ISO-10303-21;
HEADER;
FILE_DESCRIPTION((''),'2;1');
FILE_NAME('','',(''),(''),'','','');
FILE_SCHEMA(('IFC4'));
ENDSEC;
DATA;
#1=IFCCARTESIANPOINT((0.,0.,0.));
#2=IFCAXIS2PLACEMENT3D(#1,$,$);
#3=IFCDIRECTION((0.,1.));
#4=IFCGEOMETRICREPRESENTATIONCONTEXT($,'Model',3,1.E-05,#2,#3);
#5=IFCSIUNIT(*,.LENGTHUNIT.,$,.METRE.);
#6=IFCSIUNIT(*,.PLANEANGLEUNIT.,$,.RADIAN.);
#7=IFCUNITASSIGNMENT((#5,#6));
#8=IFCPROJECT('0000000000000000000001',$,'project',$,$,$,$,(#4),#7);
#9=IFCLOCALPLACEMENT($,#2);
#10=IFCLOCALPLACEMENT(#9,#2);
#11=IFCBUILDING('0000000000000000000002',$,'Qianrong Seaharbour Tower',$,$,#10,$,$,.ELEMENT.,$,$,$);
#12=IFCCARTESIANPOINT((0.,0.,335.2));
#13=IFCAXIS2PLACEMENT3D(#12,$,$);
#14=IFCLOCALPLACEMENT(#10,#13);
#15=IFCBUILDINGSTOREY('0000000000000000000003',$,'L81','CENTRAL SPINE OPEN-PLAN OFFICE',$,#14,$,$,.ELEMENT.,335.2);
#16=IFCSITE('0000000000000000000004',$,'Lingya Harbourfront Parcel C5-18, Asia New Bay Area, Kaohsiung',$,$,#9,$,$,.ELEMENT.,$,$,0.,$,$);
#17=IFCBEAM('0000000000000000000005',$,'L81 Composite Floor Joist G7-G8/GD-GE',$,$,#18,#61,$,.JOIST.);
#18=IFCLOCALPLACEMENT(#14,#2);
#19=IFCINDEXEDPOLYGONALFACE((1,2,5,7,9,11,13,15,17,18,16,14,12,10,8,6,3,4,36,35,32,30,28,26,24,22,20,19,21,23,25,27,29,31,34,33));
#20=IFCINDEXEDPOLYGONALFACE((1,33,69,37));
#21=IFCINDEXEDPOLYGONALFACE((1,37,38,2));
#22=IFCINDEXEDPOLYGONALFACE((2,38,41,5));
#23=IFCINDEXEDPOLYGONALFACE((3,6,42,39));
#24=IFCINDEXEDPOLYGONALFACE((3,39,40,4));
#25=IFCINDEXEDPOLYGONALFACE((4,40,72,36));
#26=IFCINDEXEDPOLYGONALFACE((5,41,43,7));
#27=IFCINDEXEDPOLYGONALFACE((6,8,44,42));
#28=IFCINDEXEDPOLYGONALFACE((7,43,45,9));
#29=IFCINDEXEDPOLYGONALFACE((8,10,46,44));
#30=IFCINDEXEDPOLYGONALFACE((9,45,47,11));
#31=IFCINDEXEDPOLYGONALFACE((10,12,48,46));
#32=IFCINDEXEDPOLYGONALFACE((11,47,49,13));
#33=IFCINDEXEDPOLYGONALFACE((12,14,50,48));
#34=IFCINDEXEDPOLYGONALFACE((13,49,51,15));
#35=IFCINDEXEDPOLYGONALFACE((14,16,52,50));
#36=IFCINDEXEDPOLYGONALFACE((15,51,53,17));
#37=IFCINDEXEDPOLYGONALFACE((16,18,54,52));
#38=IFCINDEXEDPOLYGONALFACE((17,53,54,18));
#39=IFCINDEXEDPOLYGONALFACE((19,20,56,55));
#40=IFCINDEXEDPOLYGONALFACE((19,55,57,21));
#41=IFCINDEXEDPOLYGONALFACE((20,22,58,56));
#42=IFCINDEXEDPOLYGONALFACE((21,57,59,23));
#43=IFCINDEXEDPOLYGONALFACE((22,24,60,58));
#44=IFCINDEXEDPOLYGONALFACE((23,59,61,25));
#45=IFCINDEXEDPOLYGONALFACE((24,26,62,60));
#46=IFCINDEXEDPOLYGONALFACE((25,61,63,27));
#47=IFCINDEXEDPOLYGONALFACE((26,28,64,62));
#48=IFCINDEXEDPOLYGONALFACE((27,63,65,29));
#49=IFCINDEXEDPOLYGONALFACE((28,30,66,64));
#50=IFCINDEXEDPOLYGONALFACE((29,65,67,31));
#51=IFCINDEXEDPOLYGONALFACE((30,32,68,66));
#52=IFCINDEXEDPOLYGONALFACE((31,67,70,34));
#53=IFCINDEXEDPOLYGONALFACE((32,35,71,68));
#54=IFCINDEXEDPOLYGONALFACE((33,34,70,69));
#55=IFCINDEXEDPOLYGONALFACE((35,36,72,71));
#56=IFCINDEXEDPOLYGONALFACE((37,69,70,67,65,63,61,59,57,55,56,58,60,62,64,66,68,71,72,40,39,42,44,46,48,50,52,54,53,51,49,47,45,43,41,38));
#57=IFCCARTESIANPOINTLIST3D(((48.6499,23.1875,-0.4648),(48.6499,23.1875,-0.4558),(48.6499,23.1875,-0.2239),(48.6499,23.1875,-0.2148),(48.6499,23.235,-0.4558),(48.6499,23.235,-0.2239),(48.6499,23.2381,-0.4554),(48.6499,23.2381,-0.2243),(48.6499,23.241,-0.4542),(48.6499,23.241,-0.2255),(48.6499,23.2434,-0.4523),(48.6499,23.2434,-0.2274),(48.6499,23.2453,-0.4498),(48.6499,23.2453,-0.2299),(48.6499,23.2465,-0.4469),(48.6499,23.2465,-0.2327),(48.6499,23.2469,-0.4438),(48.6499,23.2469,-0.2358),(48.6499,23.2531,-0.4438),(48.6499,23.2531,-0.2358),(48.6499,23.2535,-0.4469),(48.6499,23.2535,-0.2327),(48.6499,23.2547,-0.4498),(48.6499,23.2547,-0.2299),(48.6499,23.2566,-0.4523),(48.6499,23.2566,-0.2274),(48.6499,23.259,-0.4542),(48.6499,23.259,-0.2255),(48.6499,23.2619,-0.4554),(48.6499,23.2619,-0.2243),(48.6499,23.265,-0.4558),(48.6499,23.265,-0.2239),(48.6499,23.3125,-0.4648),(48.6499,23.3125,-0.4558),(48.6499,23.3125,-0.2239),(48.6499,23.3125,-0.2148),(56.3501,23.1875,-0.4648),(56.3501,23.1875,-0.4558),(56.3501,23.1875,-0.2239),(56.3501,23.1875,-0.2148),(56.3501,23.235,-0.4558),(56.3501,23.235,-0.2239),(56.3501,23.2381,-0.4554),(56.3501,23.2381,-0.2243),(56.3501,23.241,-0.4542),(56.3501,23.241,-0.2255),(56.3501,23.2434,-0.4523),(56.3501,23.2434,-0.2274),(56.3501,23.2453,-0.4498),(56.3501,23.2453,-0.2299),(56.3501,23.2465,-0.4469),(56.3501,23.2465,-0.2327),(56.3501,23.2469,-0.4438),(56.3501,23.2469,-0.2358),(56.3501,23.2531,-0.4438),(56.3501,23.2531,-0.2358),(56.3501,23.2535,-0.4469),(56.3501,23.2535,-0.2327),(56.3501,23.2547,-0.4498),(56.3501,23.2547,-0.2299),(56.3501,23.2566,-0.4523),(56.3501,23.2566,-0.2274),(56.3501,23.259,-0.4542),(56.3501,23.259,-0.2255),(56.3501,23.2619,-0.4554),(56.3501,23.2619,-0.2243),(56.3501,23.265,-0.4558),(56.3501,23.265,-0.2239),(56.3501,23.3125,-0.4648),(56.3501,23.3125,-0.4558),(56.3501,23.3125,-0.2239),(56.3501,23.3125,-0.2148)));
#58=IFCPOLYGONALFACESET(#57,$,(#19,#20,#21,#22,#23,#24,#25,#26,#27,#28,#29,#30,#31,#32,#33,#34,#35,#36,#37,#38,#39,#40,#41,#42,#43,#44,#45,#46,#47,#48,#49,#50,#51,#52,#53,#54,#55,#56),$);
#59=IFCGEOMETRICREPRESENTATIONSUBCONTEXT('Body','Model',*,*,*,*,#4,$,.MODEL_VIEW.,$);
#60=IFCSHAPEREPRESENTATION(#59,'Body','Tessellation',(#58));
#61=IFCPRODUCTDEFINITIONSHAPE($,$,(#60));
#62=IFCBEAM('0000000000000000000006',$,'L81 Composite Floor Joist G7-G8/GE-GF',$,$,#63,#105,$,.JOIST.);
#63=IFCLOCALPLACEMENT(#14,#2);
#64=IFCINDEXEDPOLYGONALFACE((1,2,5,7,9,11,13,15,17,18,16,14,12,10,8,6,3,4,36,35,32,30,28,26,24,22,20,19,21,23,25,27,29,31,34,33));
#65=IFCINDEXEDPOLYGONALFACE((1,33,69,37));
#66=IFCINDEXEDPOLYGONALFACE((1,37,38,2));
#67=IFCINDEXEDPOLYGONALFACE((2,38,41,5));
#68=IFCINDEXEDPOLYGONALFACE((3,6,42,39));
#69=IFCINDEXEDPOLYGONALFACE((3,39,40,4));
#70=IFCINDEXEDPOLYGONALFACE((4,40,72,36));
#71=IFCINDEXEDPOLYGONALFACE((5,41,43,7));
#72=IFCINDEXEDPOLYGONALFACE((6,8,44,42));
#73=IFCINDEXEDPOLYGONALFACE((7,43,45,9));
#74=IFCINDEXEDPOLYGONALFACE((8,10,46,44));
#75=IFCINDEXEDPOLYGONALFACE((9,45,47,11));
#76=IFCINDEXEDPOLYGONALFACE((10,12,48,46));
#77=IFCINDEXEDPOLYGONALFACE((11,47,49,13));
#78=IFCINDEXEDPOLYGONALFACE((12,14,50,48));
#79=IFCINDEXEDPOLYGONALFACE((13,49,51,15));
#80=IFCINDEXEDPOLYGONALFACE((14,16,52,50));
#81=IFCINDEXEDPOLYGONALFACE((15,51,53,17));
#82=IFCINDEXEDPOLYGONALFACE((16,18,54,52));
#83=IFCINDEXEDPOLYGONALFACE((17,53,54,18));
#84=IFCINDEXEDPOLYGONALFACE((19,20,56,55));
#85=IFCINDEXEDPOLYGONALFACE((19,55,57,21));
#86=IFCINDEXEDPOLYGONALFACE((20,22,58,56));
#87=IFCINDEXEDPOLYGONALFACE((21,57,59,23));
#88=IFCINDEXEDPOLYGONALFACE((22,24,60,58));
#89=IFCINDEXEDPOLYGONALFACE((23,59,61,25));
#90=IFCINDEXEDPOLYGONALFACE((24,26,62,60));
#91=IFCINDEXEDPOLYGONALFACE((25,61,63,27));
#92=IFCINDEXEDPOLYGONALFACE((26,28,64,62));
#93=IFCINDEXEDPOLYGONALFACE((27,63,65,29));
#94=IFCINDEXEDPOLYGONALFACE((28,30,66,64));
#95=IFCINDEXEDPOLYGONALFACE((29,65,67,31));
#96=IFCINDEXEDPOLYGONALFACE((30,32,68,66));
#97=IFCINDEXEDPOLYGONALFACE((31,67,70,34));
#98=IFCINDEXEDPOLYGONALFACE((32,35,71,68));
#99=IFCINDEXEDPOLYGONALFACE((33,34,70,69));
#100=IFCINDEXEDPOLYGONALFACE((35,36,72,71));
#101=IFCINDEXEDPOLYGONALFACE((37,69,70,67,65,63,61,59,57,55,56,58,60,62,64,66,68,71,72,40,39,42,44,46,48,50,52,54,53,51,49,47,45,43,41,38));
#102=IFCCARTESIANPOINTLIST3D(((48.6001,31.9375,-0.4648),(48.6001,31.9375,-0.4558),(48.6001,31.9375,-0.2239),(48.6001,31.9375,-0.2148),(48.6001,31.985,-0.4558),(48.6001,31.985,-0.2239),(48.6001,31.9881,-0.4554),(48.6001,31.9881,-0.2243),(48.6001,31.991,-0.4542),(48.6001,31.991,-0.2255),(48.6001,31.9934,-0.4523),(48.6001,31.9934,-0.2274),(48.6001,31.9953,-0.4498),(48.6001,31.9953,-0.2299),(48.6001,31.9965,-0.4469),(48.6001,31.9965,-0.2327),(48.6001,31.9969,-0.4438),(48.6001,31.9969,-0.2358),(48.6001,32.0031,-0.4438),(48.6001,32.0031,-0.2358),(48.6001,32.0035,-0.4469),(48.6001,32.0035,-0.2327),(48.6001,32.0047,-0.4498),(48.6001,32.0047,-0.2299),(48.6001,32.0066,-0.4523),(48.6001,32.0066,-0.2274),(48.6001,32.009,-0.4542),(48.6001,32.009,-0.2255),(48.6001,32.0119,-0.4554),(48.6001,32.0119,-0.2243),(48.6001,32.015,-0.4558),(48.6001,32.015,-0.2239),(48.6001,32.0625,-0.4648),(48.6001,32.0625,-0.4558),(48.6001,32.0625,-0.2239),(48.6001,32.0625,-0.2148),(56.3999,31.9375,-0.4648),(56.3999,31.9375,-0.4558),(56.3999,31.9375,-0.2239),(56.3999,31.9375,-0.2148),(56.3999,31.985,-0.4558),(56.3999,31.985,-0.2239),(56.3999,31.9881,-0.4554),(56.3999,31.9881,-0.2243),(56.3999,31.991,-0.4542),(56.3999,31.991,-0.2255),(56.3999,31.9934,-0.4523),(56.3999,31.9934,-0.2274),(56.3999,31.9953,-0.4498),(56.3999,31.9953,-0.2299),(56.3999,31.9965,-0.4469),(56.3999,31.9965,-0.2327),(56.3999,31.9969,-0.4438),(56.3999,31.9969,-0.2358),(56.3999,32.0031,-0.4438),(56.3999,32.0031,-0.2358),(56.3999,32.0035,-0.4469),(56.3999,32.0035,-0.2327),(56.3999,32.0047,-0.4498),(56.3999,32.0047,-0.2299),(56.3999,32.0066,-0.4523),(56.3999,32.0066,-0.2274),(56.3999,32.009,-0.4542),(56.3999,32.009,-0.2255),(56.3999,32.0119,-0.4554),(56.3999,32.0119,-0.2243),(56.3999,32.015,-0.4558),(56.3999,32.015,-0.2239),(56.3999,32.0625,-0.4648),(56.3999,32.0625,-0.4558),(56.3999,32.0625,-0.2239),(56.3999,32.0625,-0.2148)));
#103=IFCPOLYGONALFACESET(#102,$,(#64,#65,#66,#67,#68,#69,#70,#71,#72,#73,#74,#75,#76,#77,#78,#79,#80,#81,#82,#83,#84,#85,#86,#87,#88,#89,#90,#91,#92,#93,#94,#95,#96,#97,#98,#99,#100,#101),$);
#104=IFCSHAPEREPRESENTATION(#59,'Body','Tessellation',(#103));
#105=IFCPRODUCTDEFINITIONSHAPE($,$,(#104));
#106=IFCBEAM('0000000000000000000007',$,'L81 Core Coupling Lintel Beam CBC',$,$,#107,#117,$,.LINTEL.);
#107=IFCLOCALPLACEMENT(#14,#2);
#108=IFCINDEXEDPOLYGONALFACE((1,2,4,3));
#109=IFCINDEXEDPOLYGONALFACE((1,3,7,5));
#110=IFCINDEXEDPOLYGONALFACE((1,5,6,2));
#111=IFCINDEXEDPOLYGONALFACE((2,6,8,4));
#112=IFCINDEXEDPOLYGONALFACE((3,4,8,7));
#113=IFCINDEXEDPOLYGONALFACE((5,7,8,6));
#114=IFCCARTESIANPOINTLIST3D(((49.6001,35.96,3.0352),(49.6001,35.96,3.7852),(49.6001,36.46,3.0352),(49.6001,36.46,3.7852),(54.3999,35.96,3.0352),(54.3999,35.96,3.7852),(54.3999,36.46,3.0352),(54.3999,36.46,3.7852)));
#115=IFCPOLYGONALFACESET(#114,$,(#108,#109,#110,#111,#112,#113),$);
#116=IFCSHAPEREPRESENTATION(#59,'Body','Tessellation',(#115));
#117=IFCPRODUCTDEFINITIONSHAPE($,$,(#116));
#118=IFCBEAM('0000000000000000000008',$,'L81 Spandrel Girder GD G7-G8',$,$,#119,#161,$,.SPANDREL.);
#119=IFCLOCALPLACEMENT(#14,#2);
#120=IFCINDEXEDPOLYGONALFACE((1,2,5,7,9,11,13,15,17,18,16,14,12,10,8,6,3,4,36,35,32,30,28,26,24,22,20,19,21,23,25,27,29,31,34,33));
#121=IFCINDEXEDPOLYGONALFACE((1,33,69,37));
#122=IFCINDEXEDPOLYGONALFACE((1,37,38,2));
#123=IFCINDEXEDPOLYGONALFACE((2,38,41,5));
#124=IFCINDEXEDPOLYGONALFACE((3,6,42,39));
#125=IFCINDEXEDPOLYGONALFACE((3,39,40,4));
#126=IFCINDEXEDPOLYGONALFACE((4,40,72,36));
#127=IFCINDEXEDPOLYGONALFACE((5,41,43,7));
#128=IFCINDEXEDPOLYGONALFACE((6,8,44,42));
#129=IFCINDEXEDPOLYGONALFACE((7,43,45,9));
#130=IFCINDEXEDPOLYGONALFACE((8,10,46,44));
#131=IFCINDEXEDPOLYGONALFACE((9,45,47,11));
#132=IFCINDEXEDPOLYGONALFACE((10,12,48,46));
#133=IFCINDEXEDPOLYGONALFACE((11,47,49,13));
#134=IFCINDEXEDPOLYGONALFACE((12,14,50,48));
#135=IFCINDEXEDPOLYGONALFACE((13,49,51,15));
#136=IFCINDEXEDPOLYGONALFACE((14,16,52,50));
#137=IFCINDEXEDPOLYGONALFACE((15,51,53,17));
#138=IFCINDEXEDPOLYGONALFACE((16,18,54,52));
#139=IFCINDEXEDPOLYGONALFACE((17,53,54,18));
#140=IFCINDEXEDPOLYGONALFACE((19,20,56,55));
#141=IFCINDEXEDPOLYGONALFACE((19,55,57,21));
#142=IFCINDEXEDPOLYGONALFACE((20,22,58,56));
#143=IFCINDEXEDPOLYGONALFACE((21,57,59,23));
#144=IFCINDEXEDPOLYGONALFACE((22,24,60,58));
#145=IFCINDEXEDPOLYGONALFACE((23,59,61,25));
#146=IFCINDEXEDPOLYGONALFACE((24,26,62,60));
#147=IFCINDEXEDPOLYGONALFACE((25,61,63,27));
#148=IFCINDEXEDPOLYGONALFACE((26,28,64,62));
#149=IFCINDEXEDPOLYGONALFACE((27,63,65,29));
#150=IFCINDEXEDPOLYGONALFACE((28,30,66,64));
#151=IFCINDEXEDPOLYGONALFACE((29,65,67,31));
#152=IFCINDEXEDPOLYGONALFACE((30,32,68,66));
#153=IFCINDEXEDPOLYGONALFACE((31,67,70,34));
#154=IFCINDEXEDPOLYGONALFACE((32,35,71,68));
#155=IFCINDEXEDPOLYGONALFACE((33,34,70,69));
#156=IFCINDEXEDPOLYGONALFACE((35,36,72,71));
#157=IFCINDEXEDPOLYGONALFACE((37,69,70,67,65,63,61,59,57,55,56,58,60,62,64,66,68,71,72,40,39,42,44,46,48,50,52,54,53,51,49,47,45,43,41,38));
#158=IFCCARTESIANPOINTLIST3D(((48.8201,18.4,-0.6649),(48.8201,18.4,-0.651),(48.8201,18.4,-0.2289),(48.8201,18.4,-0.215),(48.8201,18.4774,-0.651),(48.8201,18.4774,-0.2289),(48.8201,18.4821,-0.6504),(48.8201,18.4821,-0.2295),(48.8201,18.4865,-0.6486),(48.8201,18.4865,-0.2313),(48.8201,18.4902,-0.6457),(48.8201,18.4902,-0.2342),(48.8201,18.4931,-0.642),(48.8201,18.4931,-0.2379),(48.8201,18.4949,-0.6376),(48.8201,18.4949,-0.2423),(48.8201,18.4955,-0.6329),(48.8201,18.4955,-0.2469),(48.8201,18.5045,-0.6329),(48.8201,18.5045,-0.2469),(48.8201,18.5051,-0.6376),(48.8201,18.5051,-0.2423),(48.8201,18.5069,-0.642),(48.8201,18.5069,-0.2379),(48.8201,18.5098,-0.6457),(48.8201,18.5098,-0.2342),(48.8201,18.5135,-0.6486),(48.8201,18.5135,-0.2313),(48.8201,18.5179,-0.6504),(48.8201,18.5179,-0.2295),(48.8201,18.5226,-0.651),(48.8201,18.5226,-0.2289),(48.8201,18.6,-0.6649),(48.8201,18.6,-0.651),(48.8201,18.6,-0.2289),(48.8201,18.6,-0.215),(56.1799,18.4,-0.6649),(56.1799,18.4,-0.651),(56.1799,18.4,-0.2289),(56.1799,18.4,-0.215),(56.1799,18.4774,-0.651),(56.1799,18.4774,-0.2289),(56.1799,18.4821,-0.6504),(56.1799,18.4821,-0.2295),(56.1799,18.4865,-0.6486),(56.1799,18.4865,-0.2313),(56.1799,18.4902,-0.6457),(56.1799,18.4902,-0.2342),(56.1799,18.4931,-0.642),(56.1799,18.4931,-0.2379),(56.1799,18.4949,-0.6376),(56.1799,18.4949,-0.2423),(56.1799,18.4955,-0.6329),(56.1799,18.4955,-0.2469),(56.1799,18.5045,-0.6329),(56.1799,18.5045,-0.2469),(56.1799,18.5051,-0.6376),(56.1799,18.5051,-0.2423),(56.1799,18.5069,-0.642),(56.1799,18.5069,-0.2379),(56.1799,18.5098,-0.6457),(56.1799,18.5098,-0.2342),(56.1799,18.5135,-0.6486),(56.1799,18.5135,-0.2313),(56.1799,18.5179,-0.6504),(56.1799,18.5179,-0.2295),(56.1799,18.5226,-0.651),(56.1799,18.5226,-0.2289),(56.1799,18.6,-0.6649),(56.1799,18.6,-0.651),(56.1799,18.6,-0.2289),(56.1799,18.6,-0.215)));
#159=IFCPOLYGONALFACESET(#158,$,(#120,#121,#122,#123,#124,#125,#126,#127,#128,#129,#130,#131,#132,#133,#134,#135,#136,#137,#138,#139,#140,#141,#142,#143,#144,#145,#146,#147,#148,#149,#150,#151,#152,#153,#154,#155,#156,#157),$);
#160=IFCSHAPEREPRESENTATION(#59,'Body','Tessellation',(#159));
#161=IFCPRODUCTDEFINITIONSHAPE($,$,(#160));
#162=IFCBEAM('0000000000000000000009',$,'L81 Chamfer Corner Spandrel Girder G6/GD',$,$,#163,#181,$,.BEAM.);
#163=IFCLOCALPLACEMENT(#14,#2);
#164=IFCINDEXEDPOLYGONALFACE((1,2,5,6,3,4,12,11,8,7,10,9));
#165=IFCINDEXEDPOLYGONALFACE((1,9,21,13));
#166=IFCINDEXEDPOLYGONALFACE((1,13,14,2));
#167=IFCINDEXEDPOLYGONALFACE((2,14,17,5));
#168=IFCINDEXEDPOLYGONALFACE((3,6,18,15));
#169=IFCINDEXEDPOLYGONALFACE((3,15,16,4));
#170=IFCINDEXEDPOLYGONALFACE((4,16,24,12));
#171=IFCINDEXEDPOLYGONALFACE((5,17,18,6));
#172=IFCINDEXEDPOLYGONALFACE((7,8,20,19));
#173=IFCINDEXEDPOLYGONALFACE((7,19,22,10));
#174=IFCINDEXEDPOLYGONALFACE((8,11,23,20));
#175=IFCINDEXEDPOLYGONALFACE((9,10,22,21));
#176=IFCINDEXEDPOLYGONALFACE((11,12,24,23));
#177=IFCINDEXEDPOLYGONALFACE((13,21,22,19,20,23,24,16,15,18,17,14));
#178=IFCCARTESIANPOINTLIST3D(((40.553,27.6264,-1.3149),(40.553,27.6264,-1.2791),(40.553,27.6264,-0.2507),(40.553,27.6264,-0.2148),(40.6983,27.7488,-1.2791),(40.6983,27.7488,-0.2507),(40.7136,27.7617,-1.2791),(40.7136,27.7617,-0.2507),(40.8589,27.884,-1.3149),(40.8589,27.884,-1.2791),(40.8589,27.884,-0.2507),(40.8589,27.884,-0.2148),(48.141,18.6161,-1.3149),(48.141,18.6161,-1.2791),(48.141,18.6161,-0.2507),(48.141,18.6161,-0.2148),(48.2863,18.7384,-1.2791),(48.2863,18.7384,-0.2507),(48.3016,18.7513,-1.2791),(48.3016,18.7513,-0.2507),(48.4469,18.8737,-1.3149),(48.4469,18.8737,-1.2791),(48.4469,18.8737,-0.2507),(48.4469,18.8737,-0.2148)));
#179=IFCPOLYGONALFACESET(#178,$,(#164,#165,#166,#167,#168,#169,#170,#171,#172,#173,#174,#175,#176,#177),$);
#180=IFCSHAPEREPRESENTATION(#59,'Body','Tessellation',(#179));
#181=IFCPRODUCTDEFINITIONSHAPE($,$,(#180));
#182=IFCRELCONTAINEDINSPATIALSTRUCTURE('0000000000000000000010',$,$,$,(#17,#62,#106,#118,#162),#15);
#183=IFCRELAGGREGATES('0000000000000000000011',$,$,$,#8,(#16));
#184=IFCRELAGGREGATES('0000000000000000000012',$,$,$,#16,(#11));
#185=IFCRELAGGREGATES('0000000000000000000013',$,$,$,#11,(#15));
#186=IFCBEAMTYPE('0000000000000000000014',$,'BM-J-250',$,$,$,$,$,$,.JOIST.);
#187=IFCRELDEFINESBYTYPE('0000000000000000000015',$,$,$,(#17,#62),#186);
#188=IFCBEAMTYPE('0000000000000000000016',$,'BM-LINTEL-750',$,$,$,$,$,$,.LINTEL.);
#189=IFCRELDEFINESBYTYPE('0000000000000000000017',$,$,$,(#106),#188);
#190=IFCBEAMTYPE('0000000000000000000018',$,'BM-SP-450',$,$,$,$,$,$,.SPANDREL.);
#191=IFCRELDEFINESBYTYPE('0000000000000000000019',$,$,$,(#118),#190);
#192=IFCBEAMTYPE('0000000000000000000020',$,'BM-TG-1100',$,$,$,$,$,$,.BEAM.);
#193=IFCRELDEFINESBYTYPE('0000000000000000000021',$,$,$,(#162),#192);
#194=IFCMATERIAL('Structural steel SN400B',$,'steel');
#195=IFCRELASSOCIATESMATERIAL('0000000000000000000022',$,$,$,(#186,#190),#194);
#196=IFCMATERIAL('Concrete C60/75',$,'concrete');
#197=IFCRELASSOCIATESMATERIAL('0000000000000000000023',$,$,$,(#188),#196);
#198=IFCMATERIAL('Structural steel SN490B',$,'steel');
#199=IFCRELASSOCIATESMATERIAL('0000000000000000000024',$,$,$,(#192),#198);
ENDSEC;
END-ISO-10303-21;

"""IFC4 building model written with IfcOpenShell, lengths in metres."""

from ifc_helpers import new_model, si_unit, direction, frame, origin, origin_2d, place, context, subcontext, project, spatial, rectangle, i_section, extrude, material, material_profile, profile_set, type_object, element, save


model = new_model("IFC4")

# Units and contexts
model_context = context("Model", 3, precision=1e-05, world=origin(), true_north=direction((0.0, 1.0)))
body_context = subcontext(model_context, "Body", "Model", "MODEL_VIEW")
ifc_project = project(units=[si_unit("LENGTHUNIT", "METRE"), si_unit("PLANEANGLEUNIT", "RADIAN")], contexts=[model_context])

# Site, building, storey
site_placement = place(None, origin())
site = spatial("IfcSite", under=ifc_project, at=site_placement, Name="Lingya Harbourfront Parcel C5-18, Asia New Bay Area, Kaohsiung", CompositionType="ELEMENT", RefElevation=0.0)
building_placement = place(site_placement, origin())
building = spatial("IfcBuilding", under=site, at=building_placement, Name="Qianrong Seaharbour Tower", CompositionType="ELEMENT")
storey_placement = place(building_placement, frame((0.0, 0.0, 335.2)))
storey = spatial("IfcBuildingStorey", under=building, at=storey_placement, Name="L81", Description="CENTRAL SPINE OPEN-PLAN OFFICE", CompositionType="ELEMENT", Elevation=335.2)

# Shared definitions
ifc_material_1 = material(Name="Structural steel SN400B", Category="steel")

# Beams
ifc_material_2 = material(Name="Structural steel SN490B", Category="steel")
ifc_material_profile_1 = material_profile(ifc_material_1, i_section(OverallWidth=0.125, OverallDepth=0.25, WebThickness=0.0061, FlangeThickness=0.009, FilletRadius=0.012, at=origin_2d()), Name="H250x125x6x9")
ifc_profile_set_1 = profile_set([ifc_material_profile_1], Name="Structural steel SN400B")
beam_type_1 = type_object("IfcBeamType", Name="BM-J-250", PredefinedType="JOIST", material=ifc_profile_set_1)
beam_1_placement = place(storey_placement, frame((48.6499, 23.25, -0.3398), z_axis=(1.0, 0.0, 0.0), x_axis=(0.0, 1.0, 0.0)))
element("IfcBeam", 1, at=beam_1_placement, inside=storey, type_object=beam_type_1, Name="L81 Composite Floor Joist G7-G8/GD-GE", PredefinedType="JOIST", context=body_context, shape_type="SweptSolid", body=[
    extrude(i_section(OverallWidth=0.125, OverallDepth=0.25, WebThickness=0.0061, FlangeThickness=0.009, FilletRadius=0.012, at=origin_2d()), origin(), (0.0, 0.0, 1.0), 7.7002),
])
beam_2_placement = place(storey_placement, frame((48.6001, 32.0, -0.3398), z_axis=(1.0, 0.0, 0.0), x_axis=(0.0, 1.0, 0.0)))
element("IfcBeam", 2, at=beam_2_placement, inside=storey, type_object=beam_type_1, Name="L81 Composite Floor Joist G7-G8/GE-GF", PredefinedType="JOIST", context=body_context, shape_type="SweptSolid", body=[
    extrude(i_section(OverallWidth=0.125, OverallDepth=0.25, WebThickness=0.0061, FlangeThickness=0.009, FilletRadius=0.012, at=origin_2d()), origin(), (0.0, 0.0, 1.0), 7.7998),
])
ifc_material_3 = material(Name="Concrete C60/75", Category="concrete")
ifc_material_profile_2 = material_profile(ifc_material_3, rectangle(XDim=0.5, YDim=0.75, at=origin_2d()), Name="RC500x750")
ifc_profile_set_2 = profile_set([ifc_material_profile_2], Name="Concrete C60/75")
beam_type_2 = type_object("IfcBeamType", Name="BM-LINTEL-750", PredefinedType="LINTEL", material=ifc_profile_set_2)
beam_3_placement = place(storey_placement, frame((49.6001, 36.21, 3.4102), z_axis=(1.0, 0.0, 0.0), x_axis=(0.0, 1.0, 0.0)))
element("IfcBeam", 3, at=beam_3_placement, inside=storey, type_object=beam_type_2, Name="L81 Core Coupling Lintel Beam CBC", PredefinedType="LINTEL", context=body_context, shape_type="SweptSolid", body=[
    extrude(rectangle(XDim=0.5, YDim=0.75, at=origin_2d()), origin(), (0.0, 0.0, 1.0), 4.7998),
])
ifc_material_profile_3 = material_profile(ifc_material_1, i_section(OverallWidth=0.2, OverallDepth=0.45, WebThickness=0.009, FlangeThickness=0.0139, FilletRadius=0.0181, at=origin_2d()), Name="H450x200x9x14")
ifc_profile_set_3 = profile_set([ifc_material_profile_3], Name="Structural steel SN400B")
beam_type_3 = type_object("IfcBeamType", Name="BM-SP-450", PredefinedType="SPANDREL", material=ifc_profile_set_3)
beam_4_placement = place(storey_placement, frame((48.8201, 18.5, -0.4399), z_axis=(1.0, 0.0, 0.0), x_axis=(0.0, 1.0, 0.0)))
element("IfcBeam", 4, at=beam_4_placement, inside=storey, type_object=beam_type_3, Name="L81 Spandrel Girder GD G7-G8", PredefinedType="SPANDREL", context=body_context, shape_type="SweptSolid", body=[
    extrude(i_section(OverallWidth=0.2, OverallDepth=0.45, WebThickness=0.009, FlangeThickness=0.0139, FilletRadius=0.0181, at=origin_2d()), origin(), (0.0, 0.0, 1.0), 7.3599),
])
ifc_material_profile_4 = material_profile(ifc_material_2, i_section(OverallWidth=0.3999, OverallDepth=1.1001, WebThickness=0.02, FlangeThickness=0.0359, at=origin_2d()), Name="BH1100x400x20x36")
ifc_profile_set_4 = profile_set([ifc_material_profile_4], Name="Structural steel SN490B")
beam_type_4 = type_object("IfcBeamType", Name="BM-TG-1100", PredefinedType="BEAM", material=ifc_profile_set_4)
beam_5_placement = place(storey_placement, frame((48.2939, 18.7449, -0.7649), z_axis=(-0.644151, 0.764898, 0.0), x_axis=(-0.764898, -0.644151, 0.0)))
element("IfcBeam", 5, at=beam_5_placement, inside=storey, type_object=beam_type_4, Name="L81 Chamfer Corner Spandrel Girder G6/GD", PredefinedType="BEAM", context=body_context, shape_type="SweptSolid", body=[
    extrude(i_section(OverallWidth=0.3999, OverallDepth=1.1001, WebThickness=0.02, FlangeThickness=0.0359, at=origin_2d()), origin(), (0.0, 0.0, 1.0), 11.7798),
])

save(model, "model.ifc")
